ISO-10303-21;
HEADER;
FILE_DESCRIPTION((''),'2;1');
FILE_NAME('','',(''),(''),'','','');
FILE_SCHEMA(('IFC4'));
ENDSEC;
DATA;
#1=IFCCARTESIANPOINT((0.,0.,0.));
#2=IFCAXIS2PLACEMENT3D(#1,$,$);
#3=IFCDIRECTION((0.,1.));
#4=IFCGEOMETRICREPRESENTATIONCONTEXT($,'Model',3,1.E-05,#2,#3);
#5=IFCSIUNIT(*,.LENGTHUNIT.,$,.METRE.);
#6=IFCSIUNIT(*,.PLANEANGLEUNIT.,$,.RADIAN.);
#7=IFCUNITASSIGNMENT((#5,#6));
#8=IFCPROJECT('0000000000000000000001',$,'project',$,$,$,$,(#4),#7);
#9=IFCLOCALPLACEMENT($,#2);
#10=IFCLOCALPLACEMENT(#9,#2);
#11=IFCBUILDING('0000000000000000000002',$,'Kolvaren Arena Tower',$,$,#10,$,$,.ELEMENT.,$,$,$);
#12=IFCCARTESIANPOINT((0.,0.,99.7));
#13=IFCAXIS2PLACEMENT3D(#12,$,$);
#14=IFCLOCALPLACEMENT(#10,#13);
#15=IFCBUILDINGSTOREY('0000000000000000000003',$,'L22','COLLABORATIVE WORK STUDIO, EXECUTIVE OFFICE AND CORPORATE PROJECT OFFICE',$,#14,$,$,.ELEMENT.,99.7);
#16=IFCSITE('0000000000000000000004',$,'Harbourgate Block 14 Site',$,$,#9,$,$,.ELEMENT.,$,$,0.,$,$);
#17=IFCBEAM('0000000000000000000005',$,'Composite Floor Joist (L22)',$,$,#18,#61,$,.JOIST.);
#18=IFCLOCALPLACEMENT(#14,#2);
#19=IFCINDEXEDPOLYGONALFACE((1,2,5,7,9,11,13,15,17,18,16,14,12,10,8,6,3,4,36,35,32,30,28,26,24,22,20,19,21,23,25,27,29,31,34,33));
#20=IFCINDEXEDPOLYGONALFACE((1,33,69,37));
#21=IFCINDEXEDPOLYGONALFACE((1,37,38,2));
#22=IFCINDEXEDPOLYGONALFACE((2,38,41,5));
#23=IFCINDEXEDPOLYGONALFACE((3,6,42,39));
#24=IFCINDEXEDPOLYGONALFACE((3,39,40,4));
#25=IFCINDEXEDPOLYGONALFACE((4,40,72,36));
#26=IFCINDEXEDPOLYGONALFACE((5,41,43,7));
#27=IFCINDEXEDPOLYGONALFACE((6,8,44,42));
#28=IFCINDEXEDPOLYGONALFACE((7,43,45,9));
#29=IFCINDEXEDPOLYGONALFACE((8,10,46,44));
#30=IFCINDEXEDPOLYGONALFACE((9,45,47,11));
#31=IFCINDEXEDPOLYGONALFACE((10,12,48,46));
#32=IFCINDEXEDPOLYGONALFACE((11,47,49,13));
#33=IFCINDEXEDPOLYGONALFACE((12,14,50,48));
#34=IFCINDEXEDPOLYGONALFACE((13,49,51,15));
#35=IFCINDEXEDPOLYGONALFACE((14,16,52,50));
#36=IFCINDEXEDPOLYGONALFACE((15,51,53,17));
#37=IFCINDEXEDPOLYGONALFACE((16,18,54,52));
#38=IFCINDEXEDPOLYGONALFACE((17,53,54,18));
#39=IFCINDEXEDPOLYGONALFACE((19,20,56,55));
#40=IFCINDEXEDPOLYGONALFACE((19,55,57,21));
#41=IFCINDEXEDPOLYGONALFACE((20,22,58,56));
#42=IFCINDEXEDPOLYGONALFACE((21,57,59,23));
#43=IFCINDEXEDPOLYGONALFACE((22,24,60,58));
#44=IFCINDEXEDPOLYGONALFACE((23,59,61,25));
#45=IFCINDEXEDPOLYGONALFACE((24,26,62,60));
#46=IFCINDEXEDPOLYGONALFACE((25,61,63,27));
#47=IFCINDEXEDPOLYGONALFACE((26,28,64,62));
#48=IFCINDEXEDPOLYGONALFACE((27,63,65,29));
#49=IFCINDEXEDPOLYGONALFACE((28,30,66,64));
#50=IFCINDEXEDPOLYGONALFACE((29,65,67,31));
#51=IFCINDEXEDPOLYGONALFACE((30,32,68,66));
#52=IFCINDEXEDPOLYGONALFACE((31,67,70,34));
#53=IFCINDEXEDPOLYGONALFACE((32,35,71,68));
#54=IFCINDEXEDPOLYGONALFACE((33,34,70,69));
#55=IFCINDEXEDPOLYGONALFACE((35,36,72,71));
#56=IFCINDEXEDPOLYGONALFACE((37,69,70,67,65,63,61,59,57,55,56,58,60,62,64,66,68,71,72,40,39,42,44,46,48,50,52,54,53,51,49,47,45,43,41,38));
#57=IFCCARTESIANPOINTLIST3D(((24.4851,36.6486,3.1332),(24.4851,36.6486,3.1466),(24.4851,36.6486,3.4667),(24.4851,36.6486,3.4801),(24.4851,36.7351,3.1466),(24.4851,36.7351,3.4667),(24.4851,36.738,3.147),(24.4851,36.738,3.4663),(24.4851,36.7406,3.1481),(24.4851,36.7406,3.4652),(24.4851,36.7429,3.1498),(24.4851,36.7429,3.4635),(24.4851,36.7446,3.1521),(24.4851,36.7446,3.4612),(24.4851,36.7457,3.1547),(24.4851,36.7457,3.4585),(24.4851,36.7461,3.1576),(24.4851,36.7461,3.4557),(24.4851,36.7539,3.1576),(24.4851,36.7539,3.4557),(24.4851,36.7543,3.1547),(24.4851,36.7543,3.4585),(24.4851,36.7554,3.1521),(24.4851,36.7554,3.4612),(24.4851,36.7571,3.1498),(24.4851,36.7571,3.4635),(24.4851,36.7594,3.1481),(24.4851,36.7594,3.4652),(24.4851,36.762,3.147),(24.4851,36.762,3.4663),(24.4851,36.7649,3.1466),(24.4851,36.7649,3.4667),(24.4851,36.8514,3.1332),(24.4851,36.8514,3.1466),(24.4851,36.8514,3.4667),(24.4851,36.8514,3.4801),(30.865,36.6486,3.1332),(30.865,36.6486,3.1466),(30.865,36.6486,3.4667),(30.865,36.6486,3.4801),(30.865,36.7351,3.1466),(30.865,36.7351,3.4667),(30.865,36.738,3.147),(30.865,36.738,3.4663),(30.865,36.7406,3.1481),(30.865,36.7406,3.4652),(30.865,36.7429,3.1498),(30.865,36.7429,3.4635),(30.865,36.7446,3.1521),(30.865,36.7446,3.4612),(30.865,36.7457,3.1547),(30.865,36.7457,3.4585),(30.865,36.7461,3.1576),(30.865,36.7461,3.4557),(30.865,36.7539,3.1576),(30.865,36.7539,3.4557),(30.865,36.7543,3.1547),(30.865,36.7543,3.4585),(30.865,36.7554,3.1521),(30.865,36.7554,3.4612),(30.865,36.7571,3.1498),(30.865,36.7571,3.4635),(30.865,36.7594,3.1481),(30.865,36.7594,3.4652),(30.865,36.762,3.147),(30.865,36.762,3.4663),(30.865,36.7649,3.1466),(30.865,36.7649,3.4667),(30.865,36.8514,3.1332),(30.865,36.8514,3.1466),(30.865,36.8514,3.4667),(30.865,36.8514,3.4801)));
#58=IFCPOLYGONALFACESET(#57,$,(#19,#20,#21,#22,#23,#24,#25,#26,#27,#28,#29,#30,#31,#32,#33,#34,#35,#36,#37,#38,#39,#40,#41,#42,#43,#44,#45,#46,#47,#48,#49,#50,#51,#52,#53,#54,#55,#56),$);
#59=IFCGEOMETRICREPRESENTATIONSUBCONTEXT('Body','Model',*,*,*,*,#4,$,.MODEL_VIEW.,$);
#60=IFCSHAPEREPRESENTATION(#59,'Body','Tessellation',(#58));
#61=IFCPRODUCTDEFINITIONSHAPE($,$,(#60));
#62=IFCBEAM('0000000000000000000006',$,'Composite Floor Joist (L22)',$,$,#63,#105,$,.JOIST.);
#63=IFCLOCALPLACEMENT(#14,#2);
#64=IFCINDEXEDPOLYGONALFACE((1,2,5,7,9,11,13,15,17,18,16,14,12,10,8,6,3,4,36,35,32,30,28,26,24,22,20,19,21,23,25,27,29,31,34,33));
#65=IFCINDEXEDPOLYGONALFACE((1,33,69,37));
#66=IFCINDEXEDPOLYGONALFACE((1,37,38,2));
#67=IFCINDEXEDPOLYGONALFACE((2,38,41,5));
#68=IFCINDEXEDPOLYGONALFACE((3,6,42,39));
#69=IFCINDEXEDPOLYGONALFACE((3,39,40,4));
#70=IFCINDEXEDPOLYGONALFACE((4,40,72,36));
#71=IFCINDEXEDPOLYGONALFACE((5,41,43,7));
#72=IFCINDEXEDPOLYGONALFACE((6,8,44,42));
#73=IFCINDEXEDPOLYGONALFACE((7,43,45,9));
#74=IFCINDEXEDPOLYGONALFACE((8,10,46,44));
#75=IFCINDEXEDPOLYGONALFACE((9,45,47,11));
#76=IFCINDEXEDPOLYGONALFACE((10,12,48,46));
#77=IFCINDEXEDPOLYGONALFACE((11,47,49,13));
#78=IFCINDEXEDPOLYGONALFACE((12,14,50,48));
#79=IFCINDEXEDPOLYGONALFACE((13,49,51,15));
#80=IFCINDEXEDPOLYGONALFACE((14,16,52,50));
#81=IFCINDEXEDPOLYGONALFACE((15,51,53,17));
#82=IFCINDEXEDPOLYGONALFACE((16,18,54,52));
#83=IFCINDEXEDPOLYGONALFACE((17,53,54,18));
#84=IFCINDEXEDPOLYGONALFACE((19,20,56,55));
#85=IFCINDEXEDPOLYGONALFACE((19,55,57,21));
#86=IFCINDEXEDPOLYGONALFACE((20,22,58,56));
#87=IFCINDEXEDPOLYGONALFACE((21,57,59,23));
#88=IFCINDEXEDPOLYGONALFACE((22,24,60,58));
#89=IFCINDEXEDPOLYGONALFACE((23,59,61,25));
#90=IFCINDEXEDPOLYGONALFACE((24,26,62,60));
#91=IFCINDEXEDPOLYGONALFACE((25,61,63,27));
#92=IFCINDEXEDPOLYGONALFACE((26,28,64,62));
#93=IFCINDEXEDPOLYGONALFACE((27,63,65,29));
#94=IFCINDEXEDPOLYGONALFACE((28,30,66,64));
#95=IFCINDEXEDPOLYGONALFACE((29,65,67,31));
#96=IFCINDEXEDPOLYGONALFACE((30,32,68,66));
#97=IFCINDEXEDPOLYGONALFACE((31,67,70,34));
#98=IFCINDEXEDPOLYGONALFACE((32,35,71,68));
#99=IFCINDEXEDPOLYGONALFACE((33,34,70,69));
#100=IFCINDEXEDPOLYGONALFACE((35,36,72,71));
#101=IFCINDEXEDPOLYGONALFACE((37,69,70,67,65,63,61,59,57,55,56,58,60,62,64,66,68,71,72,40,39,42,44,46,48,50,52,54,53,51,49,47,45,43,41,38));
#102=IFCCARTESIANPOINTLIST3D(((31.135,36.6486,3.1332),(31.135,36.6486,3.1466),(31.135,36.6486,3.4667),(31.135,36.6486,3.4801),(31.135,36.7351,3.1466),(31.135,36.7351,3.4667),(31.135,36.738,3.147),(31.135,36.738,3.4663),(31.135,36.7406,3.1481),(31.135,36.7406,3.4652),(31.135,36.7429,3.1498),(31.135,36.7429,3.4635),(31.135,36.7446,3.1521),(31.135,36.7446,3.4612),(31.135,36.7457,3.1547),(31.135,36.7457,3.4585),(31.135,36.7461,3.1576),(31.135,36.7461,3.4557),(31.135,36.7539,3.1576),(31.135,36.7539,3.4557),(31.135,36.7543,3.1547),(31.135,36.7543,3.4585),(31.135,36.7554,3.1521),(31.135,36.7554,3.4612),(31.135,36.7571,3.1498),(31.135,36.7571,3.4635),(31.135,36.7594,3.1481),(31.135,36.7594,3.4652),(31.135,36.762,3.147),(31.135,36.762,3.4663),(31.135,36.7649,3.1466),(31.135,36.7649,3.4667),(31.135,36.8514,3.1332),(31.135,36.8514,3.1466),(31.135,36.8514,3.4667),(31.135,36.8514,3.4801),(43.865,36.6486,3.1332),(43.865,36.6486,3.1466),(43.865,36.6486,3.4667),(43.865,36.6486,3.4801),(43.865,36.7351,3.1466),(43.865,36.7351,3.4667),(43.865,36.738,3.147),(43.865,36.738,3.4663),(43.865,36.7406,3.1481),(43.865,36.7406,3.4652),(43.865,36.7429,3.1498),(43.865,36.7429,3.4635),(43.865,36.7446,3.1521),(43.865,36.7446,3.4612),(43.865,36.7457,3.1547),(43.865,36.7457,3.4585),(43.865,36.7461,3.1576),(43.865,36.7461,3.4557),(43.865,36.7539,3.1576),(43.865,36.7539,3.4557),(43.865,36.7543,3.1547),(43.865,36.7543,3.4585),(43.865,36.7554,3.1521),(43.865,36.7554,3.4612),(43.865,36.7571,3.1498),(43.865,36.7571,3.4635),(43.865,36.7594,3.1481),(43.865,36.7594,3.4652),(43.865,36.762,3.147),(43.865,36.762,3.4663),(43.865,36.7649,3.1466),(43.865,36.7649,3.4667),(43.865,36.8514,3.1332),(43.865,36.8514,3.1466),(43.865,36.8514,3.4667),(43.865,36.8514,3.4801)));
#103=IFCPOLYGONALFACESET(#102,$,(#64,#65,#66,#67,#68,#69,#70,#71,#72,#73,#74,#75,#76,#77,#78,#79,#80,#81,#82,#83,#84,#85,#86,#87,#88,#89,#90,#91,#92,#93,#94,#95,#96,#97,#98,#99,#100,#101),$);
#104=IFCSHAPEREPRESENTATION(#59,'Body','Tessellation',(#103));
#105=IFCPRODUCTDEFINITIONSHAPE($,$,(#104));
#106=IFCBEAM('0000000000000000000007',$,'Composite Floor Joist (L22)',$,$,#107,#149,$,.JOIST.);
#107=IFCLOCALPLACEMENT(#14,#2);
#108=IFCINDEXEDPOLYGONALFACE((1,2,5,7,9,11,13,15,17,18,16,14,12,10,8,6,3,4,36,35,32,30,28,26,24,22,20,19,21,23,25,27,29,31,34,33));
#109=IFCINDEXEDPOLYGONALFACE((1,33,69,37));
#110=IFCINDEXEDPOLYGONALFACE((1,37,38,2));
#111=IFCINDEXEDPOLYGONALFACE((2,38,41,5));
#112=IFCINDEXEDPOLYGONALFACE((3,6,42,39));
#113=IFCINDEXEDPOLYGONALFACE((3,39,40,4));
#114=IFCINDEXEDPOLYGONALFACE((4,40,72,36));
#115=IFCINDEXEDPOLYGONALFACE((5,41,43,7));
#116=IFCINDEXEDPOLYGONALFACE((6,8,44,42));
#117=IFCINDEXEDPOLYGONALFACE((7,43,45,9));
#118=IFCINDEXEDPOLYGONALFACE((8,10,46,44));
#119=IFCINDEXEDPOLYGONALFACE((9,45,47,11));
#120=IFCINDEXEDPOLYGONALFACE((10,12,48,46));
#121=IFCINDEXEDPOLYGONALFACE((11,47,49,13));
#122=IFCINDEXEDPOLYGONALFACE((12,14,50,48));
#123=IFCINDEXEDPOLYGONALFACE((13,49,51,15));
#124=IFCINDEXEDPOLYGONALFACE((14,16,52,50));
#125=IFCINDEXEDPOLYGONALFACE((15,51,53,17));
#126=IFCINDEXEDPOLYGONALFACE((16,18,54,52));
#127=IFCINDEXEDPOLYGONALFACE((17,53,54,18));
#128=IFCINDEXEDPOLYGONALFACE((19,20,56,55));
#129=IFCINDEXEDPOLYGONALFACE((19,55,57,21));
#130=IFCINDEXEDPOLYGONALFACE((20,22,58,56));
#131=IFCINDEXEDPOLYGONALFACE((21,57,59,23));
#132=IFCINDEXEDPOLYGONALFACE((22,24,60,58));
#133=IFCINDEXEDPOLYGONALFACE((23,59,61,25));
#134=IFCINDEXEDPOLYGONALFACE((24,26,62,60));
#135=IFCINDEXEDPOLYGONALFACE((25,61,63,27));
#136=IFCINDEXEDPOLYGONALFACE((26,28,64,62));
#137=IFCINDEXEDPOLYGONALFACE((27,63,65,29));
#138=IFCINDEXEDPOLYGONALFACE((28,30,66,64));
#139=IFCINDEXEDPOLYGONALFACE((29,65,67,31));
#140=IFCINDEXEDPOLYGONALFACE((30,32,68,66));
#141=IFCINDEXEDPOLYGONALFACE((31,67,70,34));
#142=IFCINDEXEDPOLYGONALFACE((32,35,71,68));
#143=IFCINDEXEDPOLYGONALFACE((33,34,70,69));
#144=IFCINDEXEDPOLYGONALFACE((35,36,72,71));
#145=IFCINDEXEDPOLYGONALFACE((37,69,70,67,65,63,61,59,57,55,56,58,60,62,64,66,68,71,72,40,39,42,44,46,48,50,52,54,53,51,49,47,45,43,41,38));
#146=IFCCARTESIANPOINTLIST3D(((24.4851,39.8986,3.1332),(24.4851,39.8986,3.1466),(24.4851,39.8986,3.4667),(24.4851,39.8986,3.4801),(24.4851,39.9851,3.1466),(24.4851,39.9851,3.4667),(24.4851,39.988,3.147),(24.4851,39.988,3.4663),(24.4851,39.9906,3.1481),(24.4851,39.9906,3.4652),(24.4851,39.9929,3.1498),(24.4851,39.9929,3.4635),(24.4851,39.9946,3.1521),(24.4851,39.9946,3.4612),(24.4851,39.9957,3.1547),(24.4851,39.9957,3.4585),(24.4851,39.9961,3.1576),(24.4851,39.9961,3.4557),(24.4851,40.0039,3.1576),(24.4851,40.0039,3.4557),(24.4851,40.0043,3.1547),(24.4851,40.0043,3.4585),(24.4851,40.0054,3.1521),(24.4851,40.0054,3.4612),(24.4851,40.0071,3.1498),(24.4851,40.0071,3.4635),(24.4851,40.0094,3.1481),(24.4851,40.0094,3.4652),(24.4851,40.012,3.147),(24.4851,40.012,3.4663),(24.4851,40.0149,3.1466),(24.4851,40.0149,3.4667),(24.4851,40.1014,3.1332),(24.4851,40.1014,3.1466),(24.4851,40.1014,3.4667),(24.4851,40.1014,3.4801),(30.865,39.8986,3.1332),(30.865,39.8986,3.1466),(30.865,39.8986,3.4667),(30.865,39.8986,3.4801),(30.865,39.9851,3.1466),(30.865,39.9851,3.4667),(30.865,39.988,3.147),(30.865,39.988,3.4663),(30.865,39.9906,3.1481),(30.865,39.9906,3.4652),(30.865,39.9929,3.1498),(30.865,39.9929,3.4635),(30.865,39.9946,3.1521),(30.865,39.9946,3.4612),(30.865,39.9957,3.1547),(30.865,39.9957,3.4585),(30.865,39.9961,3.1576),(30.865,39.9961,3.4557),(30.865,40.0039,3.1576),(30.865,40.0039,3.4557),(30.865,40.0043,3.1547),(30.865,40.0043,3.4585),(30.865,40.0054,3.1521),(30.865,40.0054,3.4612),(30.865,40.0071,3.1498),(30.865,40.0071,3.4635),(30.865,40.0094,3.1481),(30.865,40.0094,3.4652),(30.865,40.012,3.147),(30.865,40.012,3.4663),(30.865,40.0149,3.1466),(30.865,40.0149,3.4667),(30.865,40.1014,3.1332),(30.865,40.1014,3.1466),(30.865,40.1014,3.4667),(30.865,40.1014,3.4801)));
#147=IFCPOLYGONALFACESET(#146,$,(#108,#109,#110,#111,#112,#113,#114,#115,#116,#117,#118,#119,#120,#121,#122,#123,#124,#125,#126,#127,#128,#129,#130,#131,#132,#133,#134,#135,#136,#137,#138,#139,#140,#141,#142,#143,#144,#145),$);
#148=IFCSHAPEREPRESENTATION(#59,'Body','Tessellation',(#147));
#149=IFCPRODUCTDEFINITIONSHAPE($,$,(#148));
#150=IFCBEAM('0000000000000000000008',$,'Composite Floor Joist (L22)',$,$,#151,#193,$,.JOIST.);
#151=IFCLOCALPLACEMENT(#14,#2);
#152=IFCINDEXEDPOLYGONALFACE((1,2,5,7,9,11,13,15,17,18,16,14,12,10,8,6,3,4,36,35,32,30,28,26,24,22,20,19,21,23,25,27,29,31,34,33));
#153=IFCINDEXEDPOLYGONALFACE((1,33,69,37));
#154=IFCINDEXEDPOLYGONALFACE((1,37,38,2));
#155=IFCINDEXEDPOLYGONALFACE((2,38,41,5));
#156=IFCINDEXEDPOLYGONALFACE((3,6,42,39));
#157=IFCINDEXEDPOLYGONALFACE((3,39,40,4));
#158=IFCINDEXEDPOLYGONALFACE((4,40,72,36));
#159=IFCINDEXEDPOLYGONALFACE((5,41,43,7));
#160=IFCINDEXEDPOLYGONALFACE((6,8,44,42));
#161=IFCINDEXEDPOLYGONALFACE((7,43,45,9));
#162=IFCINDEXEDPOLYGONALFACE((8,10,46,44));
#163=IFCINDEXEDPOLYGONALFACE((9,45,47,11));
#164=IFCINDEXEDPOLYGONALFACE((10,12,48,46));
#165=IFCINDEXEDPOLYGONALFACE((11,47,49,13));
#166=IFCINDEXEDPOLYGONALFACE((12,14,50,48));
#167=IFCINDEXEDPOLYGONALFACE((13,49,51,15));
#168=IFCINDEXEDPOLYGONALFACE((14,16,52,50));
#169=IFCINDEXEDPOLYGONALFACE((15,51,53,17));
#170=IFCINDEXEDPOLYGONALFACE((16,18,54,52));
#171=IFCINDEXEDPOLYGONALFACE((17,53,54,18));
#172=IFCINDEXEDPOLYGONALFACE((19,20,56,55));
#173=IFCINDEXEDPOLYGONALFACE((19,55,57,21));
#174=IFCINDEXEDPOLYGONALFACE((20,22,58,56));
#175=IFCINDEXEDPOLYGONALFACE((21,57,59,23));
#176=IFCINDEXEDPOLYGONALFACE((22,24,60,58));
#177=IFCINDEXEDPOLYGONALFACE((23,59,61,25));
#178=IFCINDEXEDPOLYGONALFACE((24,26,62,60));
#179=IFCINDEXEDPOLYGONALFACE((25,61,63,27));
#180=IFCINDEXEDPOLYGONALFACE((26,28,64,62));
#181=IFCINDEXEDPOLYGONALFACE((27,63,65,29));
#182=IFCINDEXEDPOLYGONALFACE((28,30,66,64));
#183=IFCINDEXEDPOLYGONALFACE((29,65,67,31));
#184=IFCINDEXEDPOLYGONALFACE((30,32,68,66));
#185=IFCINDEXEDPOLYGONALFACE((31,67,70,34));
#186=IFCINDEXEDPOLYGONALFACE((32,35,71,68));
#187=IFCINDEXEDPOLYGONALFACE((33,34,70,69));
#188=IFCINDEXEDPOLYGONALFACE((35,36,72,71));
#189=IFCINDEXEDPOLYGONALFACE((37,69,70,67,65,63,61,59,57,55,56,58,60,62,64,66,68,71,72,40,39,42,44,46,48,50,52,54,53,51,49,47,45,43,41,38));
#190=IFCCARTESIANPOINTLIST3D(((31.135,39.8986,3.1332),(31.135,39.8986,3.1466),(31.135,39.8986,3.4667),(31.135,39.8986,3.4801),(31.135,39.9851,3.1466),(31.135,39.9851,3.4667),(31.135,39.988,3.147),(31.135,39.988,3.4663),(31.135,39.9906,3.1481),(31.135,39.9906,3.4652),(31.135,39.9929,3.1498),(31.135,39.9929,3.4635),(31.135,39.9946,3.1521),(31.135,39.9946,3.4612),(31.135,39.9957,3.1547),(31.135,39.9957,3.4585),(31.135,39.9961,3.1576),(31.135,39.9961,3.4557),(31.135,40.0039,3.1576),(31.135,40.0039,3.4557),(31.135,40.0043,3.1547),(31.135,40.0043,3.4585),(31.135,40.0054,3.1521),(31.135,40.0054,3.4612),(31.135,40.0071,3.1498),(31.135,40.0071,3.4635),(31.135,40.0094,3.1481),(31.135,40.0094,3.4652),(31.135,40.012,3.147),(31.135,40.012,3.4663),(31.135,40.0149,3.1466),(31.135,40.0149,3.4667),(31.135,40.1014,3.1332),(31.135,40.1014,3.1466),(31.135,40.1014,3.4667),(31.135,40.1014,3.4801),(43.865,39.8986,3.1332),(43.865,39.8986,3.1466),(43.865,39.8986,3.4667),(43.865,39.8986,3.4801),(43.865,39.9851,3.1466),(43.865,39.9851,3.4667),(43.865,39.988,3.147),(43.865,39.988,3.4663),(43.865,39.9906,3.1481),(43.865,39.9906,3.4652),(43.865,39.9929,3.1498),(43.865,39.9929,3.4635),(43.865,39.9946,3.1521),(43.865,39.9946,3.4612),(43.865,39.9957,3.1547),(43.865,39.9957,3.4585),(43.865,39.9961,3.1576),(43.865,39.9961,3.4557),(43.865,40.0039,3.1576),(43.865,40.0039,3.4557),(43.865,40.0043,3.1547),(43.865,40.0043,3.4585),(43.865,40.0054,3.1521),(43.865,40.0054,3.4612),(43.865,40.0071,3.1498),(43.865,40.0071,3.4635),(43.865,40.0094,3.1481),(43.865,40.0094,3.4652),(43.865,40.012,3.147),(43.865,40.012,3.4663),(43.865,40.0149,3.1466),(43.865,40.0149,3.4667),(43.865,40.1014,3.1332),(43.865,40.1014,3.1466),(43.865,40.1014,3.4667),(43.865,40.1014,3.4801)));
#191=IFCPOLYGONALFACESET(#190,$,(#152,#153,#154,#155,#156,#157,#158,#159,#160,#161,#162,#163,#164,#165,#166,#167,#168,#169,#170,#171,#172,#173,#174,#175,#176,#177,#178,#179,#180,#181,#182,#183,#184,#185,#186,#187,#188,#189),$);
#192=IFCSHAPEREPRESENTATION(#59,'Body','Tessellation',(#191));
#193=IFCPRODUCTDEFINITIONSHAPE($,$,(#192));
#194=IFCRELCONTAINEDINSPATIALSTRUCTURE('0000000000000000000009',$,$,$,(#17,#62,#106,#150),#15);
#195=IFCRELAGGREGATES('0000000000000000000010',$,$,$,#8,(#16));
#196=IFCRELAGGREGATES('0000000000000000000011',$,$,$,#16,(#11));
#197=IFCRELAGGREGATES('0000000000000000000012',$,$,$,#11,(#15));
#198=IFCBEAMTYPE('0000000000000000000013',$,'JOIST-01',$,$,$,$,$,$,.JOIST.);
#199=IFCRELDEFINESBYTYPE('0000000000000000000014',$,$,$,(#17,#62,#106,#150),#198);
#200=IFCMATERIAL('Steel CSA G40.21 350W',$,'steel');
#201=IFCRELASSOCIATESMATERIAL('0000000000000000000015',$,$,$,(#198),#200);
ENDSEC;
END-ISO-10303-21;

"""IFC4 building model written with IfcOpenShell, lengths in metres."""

from ifc_helpers import new_model, si_unit, direction, frame, origin, origin_2d, place, context, subcontext, project, spatial, i_section, extrude, material, material_profile, profile_set, type_object, element, save


model = new_model("IFC4")

# Units and contexts
model_context = context("Model", 3, precision=1e-05, world=origin(), true_north=direction((0.0, 1.0)))
body_context = subcontext(model_context, "Body", "Model", "MODEL_VIEW")
ifc_project = project(units=[si_unit("LENGTHUNIT", "METRE"), si_unit("PLANEANGLEUNIT", "RADIAN")], contexts=[model_context])

# Site, building, storey
site_placement = place(None, origin())
site = spatial("IfcSite", under=ifc_project, at=site_placement, Name="Harbourgate Block 14 Site", CompositionType="ELEMENT", RefElevation=0.0)
building_placement = place(site_placement, origin())
building = spatial("IfcBuilding", under=site, at=building_placement, Name="Kolvaren Arena Tower", CompositionType="ELEMENT")
storey_placement = place(building_placement, frame((0.0, 0.0, 99.7)))
storey = spatial("IfcBuildingStorey", under=building, at=storey_placement, Name="L22", Description="COLLABORATIVE WORK STUDIO, EXECUTIVE OFFICE AND CORPORATE PROJECT OFFICE", CompositionType="ELEMENT", Elevation=99.7)

# Beams
ifc_material_1 = material(Name="Steel CSA G40.21 350W", Category="steel")
ifc_material_profile_1 = material_profile(ifc_material_1, i_section(OverallWidth=0.2029, OverallDepth=0.3469, WebThickness=0.0078, FlangeThickness=0.0134, FilletRadius=0.011, at=origin_2d()), Name="W360x64")
ifc_profile_set_1 = profile_set([ifc_material_profile_1], Name="Steel CSA G40.21 350W")
beam_type_1 = type_object("IfcBeamType", Name="JOIST-01", PredefinedType="JOIST", material=ifc_profile_set_1)
beam_1_placement = place(storey_placement, frame((24.4851, 36.75, 3.3066), z_axis=(1.0, 0.0, 0.0), x_axis=(0.0, 1.0, 0.0)))
element("IfcBeam", 1, at=beam_1_placement, inside=storey, type_object=beam_type_1, Name="Composite Floor Joist (L22)", PredefinedType="JOIST", context=body_context, shape_type="SweptSolid", body=[
    extrude(i_section(OverallWidth=0.2029, OverallDepth=0.3469, WebThickness=0.0078, FlangeThickness=0.0134, FilletRadius=0.011, at=origin_2d()), origin(), (0.0, 0.0, 1.0), 6.3799),
])
beam_2_placement = place(storey_placement, frame((31.135, 36.75, 3.3066), z_axis=(1.0, 0.0, 0.0), x_axis=(0.0, 1.0, 0.0)))
element("IfcBeam", 2, at=beam_2_placement, inside=storey, type_object=beam_type_1, Name="Composite Floor Joist (L22)", PredefinedType="JOIST", context=body_context, shape_type="SweptSolid", body=[
    extrude(i_section(OverallWidth=0.2029, OverallDepth=0.3469, WebThickness=0.0078, FlangeThickness=0.0134, FilletRadius=0.011, at=origin_2d()), origin(), (0.0, 0.0, 1.0), 12.73),
])
beam_3_placement = place(storey_placement, frame((24.4851, 40.0, 3.3066), z_axis=(1.0, 0.0, 0.0), x_axis=(0.0, 1.0, 0.0)))
element("IfcBeam", 3, at=beam_3_placement, inside=storey, type_object=beam_type_1, Name="Composite Floor Joist (L22)", PredefinedType="JOIST", context=body_context, shape_type="SweptSolid", body=[
    extrude(i_section(OverallWidth=0.2029, OverallDepth=0.3469, WebThickness=0.0078, FlangeThickness=0.0134, FilletRadius=0.011, at=origin_2d()), origin(), (0.0, 0.0, 1.0), 6.3799),
])
beam_4_placement = place(storey_placement, frame((31.135, 40.0, 3.3066), z_axis=(1.0, 0.0, 0.0), x_axis=(0.0, 1.0, 0.0)))
element("IfcBeam", 4, at=beam_4_placement, inside=storey, type_object=beam_type_1, Name="Composite Floor Joist (L22)", PredefinedType="JOIST", context=body_context, shape_type="SweptSolid", body=[
    extrude(i_section(OverallWidth=0.2029, OverallDepth=0.3469, WebThickness=0.0078, FlangeThickness=0.0134, FilletRadius=0.011, at=origin_2d()), origin(), (0.0, 0.0, 1.0), 12.73),
])

save(model, "model.ifc")
